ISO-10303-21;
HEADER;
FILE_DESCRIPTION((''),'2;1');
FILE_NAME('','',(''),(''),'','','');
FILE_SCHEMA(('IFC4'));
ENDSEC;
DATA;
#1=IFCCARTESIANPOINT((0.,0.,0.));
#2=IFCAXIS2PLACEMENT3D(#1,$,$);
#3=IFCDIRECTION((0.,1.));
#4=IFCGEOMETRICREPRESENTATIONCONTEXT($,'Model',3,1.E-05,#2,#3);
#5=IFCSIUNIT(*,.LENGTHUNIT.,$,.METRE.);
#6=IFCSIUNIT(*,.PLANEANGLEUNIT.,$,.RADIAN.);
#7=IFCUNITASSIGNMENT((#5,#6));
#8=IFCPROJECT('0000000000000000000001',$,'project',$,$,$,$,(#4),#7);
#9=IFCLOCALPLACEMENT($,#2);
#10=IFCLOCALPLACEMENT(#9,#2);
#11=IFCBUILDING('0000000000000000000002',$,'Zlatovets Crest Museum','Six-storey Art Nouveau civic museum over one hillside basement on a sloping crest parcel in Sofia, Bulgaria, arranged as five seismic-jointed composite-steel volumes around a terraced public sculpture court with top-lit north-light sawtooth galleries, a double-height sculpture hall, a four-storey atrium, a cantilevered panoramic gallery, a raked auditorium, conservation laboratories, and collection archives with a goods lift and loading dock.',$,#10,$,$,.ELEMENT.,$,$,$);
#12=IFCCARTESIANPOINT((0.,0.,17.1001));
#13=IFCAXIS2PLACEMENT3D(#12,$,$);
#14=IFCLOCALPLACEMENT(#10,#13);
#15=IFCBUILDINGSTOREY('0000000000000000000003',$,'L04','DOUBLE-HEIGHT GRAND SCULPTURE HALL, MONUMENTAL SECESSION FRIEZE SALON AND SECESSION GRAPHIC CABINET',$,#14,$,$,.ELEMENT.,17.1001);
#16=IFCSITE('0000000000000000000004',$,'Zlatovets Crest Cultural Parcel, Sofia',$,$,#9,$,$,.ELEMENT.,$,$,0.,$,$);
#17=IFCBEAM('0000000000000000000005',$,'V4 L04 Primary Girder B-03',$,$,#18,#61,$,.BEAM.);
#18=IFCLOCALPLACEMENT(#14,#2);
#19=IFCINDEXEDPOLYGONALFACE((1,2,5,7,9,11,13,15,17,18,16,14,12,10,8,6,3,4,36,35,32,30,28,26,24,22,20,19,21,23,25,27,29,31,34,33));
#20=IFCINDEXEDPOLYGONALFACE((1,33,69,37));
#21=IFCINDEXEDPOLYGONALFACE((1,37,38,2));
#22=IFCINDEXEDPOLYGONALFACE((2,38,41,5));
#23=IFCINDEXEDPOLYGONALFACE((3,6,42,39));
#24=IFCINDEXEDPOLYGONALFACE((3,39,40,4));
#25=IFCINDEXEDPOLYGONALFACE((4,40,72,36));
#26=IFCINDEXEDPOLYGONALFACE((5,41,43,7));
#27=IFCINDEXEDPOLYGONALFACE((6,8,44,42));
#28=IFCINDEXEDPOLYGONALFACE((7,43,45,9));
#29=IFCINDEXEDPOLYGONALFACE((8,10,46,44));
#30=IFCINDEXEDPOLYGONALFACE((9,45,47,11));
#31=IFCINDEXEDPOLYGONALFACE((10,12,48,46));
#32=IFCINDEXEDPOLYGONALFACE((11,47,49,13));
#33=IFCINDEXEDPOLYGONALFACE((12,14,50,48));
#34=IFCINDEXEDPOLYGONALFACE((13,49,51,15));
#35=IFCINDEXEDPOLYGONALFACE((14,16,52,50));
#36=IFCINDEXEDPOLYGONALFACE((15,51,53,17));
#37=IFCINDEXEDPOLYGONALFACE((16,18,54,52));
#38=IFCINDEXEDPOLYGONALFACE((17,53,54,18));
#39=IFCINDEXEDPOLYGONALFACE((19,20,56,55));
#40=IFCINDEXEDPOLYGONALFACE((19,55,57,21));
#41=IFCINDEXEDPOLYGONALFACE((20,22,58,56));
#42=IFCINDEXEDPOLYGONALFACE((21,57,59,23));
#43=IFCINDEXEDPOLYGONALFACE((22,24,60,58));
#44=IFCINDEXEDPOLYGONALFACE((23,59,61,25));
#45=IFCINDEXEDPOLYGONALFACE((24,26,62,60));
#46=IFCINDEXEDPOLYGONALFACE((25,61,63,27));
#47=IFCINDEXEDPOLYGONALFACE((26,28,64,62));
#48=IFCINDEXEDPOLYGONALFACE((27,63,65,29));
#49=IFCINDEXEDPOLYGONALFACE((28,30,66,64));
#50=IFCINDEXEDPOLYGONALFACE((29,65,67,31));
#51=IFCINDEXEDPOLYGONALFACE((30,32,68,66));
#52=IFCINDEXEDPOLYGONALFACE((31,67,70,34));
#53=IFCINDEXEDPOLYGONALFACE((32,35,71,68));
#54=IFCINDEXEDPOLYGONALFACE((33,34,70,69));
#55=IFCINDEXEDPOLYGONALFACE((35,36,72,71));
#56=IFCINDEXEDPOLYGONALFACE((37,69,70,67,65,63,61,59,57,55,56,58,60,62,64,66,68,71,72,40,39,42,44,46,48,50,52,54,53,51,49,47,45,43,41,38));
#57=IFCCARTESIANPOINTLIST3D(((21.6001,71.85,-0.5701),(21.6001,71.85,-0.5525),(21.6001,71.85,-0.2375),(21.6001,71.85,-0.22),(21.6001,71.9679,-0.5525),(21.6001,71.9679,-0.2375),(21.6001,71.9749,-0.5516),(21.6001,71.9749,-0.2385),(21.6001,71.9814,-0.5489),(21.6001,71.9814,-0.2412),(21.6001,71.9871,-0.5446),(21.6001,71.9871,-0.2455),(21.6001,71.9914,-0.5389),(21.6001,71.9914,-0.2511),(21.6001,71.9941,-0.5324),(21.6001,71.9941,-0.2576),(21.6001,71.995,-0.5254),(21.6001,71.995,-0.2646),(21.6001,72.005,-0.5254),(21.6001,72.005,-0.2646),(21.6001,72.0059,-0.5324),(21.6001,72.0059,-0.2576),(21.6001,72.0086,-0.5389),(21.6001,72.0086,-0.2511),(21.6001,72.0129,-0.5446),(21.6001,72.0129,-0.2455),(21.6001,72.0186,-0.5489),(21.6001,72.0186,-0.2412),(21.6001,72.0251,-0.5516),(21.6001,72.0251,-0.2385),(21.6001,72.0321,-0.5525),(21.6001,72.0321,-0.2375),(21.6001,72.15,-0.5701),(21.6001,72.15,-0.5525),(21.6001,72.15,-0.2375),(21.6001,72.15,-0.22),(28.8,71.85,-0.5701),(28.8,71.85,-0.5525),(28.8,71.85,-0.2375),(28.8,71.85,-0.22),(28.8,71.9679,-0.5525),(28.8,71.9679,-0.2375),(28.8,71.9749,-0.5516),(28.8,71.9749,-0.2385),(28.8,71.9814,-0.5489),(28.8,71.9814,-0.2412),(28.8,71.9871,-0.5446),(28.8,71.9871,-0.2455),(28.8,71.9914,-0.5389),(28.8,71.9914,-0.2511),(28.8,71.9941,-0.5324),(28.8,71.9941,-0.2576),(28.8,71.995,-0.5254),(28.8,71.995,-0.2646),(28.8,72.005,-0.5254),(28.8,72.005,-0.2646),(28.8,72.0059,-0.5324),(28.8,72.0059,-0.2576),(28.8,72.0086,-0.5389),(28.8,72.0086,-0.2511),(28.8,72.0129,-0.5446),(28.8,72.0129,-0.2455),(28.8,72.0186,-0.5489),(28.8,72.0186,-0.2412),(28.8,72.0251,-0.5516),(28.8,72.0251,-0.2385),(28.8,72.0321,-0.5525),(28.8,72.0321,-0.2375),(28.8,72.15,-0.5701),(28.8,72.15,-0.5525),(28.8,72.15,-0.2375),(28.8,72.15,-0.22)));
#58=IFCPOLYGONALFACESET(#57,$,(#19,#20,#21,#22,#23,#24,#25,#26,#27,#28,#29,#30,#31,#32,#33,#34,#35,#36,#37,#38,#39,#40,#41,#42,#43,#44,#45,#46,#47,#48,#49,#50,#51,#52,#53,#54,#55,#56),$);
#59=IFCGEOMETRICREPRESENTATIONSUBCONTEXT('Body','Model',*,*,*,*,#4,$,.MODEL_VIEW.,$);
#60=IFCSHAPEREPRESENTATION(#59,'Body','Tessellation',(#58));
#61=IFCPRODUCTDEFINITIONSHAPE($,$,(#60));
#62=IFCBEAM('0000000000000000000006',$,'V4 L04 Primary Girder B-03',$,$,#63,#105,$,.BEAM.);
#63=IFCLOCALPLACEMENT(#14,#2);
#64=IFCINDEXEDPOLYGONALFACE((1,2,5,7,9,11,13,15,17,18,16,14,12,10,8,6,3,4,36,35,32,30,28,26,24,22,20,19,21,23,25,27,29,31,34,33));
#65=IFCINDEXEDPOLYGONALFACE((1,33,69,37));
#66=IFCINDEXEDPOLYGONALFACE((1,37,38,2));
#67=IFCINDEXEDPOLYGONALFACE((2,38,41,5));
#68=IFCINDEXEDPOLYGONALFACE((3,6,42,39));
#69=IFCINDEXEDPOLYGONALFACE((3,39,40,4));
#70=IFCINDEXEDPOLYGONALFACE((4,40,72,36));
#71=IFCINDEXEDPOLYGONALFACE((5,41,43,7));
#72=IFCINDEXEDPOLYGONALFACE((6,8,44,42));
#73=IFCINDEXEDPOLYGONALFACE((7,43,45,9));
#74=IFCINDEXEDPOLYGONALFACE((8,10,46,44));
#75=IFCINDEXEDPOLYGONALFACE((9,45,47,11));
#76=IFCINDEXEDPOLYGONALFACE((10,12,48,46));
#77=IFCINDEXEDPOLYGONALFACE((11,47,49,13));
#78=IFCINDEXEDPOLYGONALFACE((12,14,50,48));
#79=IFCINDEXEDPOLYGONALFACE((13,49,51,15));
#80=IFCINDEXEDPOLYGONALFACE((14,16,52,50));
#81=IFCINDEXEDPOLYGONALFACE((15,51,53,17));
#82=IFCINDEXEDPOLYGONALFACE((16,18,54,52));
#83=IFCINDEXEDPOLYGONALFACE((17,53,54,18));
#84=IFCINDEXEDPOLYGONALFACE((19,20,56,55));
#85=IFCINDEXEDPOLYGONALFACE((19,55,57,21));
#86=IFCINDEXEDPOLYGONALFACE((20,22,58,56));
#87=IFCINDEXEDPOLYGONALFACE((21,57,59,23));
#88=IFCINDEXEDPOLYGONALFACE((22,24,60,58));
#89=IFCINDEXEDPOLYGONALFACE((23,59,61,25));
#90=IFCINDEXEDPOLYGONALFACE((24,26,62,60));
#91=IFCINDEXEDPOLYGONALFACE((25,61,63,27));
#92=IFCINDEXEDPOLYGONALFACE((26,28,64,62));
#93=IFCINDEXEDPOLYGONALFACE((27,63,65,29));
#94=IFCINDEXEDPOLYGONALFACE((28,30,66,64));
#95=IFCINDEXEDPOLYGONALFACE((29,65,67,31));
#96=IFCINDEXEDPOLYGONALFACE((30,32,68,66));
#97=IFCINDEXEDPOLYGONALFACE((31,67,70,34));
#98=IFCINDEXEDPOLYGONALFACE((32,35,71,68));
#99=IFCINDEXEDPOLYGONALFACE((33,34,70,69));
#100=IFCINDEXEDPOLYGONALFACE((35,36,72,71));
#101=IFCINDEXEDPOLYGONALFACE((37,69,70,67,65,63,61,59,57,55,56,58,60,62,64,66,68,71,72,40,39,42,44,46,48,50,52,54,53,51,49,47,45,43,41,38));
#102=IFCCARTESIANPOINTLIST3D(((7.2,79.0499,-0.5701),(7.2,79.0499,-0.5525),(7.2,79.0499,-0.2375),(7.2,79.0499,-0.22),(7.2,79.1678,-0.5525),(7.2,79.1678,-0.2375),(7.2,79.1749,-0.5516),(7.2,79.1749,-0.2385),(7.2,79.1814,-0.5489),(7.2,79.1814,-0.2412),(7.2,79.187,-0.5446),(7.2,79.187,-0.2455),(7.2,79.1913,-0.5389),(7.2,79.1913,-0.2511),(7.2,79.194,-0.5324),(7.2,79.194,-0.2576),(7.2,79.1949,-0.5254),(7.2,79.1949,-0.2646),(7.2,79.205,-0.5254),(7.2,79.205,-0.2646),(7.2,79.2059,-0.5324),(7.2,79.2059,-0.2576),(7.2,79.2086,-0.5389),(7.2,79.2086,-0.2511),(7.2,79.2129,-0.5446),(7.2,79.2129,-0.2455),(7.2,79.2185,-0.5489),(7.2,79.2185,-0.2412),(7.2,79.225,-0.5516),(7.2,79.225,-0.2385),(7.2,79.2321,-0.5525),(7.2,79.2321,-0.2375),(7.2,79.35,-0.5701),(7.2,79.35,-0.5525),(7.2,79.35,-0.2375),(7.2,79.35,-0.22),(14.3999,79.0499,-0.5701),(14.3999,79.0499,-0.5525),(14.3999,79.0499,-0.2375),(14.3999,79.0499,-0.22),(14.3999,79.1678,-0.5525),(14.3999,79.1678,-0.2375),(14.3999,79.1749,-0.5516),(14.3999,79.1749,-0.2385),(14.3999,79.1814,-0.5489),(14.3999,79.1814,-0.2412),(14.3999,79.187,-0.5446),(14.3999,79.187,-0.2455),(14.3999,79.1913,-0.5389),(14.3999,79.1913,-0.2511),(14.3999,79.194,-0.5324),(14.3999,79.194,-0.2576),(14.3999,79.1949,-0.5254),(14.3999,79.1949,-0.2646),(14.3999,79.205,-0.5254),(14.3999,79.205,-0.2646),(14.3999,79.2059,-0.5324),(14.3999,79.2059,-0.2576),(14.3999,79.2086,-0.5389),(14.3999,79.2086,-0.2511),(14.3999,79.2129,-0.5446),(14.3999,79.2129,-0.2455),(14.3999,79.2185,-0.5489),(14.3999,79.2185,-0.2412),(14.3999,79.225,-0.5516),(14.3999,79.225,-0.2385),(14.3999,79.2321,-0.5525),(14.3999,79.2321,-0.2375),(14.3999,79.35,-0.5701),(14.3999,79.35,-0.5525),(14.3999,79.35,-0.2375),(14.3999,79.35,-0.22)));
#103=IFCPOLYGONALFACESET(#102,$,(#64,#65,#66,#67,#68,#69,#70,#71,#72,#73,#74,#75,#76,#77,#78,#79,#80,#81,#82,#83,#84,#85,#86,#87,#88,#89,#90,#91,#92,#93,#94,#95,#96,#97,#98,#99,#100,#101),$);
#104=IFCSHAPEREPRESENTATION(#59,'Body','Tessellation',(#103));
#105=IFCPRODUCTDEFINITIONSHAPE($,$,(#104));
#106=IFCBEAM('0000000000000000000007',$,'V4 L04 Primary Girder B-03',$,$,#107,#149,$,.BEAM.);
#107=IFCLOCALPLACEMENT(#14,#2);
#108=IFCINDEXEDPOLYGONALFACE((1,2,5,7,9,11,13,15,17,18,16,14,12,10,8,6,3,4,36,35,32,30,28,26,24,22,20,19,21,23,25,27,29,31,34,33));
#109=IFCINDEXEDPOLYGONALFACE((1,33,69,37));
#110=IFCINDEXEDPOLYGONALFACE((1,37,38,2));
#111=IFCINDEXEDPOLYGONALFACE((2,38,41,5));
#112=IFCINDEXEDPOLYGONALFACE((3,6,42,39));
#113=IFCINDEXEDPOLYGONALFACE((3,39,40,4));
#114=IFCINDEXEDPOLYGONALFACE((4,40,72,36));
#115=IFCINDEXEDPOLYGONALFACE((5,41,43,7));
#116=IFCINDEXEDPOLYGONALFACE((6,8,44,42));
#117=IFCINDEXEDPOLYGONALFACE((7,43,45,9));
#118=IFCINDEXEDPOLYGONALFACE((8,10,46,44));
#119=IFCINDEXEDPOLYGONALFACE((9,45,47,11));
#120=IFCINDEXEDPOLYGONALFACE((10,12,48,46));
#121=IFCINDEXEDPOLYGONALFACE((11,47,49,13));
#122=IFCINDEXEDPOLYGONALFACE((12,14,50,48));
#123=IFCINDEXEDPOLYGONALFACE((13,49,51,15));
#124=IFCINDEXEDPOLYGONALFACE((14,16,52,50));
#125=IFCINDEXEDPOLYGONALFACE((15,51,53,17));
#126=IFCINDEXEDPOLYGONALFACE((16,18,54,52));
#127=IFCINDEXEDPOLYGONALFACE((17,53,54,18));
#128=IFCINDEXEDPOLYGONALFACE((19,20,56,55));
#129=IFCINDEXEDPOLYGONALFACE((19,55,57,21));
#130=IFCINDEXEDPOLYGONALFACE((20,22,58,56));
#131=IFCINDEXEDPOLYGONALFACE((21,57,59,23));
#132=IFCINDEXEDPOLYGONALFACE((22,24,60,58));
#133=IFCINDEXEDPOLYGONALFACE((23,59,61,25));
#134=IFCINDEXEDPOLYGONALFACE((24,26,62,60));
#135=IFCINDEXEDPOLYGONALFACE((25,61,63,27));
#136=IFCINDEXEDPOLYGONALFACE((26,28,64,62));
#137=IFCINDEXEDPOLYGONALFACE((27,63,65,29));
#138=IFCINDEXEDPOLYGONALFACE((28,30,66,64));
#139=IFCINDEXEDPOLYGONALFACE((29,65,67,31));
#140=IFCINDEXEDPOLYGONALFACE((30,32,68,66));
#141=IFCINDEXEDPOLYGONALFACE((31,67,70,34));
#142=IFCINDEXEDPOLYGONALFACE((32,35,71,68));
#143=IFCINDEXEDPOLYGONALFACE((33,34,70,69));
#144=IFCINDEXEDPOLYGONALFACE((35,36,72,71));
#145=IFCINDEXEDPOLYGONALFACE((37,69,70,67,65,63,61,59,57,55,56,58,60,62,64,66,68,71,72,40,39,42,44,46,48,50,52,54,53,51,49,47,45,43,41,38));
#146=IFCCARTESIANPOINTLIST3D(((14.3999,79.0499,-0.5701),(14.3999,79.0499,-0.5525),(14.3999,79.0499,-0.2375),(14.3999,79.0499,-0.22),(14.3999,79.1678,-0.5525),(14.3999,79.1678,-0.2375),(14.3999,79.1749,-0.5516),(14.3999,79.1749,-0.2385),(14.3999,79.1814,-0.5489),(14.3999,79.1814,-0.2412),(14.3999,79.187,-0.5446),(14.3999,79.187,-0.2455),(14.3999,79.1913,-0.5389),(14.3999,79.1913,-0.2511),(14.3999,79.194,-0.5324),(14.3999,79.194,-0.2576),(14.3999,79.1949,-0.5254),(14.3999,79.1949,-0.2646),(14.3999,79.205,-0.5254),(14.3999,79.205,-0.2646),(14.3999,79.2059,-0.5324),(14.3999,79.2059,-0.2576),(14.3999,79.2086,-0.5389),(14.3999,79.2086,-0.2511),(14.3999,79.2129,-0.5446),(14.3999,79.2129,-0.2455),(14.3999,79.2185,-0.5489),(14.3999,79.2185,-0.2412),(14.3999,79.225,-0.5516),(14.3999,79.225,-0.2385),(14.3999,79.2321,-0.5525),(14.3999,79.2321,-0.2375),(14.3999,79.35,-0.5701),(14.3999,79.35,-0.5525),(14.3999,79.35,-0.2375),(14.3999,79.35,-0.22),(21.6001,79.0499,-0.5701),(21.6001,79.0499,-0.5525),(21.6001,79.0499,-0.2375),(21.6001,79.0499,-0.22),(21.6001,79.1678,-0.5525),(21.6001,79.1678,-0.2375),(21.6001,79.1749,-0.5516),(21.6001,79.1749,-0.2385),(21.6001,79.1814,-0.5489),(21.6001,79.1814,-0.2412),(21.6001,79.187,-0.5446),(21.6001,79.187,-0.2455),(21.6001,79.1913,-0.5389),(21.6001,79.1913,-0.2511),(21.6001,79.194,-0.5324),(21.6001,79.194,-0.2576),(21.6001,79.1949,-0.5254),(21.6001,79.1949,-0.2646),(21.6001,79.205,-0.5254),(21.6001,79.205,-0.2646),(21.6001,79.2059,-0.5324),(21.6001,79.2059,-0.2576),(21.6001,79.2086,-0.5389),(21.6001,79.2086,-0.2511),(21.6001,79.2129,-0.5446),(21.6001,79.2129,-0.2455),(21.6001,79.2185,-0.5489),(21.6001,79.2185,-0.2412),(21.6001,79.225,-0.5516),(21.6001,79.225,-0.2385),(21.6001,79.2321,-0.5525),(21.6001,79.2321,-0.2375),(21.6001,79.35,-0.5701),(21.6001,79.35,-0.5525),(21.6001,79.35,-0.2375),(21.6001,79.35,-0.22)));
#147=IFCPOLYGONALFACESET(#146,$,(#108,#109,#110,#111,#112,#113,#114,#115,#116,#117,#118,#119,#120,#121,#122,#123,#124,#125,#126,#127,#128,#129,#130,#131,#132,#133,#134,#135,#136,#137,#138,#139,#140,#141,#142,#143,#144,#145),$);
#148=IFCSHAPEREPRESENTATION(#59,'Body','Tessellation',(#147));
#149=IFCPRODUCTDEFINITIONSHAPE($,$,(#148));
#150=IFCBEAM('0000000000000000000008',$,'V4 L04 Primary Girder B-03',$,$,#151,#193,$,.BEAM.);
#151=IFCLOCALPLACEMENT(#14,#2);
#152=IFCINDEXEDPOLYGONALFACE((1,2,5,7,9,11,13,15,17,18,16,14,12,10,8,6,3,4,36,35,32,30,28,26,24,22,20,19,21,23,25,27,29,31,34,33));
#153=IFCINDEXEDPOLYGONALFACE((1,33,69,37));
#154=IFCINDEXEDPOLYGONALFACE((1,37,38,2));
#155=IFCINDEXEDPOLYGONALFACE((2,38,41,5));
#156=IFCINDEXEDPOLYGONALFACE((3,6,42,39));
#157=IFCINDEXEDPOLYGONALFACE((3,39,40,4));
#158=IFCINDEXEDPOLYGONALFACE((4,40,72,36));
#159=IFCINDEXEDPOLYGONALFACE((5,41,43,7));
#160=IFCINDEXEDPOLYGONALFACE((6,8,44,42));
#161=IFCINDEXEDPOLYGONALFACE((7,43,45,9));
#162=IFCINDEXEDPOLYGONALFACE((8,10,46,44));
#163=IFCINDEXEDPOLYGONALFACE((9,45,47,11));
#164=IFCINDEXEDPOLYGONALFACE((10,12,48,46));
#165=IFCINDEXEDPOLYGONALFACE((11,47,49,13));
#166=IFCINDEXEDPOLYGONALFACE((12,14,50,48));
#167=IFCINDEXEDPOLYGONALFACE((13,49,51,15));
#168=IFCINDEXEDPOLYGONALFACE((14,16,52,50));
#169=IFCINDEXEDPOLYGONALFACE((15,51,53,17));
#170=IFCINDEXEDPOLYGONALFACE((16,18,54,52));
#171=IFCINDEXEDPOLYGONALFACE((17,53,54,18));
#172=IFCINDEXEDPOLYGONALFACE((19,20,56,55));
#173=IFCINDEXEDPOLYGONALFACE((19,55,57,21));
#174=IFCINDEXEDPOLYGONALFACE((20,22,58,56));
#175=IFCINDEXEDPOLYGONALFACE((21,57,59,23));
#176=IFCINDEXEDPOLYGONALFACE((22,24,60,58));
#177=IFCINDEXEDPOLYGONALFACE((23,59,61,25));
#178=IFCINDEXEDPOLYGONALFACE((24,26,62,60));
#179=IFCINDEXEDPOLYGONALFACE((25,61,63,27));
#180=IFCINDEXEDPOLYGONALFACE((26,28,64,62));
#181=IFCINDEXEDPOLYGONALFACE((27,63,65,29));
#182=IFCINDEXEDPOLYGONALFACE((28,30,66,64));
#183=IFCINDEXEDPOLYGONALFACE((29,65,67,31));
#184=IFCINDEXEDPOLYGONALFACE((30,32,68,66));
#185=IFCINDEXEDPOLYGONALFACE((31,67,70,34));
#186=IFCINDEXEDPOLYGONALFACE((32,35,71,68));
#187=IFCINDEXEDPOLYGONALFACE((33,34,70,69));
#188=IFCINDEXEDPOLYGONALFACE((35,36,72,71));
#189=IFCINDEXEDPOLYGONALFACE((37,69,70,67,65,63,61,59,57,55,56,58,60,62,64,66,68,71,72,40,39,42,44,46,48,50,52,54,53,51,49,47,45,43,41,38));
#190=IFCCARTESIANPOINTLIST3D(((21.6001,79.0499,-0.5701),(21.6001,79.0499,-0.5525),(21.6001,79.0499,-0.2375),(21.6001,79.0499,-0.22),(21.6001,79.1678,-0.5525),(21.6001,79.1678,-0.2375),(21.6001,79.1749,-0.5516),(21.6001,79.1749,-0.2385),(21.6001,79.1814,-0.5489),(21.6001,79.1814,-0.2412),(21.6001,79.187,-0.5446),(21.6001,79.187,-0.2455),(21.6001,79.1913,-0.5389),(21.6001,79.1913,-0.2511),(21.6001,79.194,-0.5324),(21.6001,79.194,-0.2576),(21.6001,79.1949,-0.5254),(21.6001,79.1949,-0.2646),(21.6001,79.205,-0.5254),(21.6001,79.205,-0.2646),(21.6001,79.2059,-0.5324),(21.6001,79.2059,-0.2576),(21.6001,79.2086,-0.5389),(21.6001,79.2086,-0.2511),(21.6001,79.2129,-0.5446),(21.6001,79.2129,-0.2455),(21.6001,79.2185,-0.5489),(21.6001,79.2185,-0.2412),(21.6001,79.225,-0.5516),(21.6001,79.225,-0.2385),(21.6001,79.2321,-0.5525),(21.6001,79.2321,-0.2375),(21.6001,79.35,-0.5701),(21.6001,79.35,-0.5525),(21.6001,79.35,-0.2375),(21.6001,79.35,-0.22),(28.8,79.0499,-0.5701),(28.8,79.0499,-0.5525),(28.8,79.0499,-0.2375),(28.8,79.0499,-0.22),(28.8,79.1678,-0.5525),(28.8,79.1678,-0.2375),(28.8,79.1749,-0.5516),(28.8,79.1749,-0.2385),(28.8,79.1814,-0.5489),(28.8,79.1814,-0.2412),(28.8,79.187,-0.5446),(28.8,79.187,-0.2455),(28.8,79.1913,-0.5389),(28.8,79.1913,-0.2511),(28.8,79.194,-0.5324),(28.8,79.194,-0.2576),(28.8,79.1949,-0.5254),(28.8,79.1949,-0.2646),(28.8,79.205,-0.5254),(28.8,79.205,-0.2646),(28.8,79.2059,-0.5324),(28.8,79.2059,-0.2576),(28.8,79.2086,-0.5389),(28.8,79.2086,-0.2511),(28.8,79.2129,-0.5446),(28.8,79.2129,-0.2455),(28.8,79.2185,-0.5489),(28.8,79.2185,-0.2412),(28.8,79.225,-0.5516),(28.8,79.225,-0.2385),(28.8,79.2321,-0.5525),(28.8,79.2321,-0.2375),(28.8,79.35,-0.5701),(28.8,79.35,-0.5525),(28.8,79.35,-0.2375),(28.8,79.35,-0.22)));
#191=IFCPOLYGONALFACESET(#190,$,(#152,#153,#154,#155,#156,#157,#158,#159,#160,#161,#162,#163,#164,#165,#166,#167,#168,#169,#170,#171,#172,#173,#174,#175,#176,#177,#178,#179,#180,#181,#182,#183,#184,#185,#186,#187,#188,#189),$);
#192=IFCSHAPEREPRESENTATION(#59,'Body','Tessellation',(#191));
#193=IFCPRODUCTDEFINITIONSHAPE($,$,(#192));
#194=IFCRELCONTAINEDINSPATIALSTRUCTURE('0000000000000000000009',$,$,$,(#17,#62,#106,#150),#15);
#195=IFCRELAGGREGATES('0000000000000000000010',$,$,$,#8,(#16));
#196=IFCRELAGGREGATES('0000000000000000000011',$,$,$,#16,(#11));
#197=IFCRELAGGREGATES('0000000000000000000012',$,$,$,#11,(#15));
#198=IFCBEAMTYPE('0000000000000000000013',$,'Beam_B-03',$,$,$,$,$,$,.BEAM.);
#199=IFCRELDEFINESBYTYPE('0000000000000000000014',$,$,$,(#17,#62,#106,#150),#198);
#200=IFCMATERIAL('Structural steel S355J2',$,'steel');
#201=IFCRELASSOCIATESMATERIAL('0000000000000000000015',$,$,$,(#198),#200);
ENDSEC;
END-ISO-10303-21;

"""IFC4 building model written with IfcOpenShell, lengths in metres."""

from ifc_helpers import new_model, si_unit, direction, frame, origin, origin_2d, place, context, subcontext, project, spatial, i_section, extrude, material, material_profile, profile_set, type_object, element, save


model = new_model("IFC4")

# Units and contexts
model_context = context("Model", 3, precision=1e-05, world=origin(), true_north=direction((0.0, 1.0)))
body_context = subcontext(model_context, "Body", "Model", "MODEL_VIEW")
ifc_project = project(units=[si_unit("LENGTHUNIT", "METRE"), si_unit("PLANEANGLEUNIT", "RADIAN")], contexts=[model_context])

# Site, building, storey
site_placement = place(None, origin())
site = spatial("IfcSite", under=ifc_project, at=site_placement, Name="Zlatovets Crest Cultural Parcel, Sofia", CompositionType="ELEMENT", RefElevation=0.0)
building_placement = place(site_placement, origin())
building = spatial("IfcBuilding", under=site, at=building_placement, Name="Zlatovets Crest Museum", Description="Six-storey Art Nouveau civic museum over one hillside basement on a sloping crest parcel in Sofia, Bulgaria, arranged as five seismic-jointed composite-steel volumes around a terraced public sculpture court with top-lit north-light sawtooth galleries, a double-height sculpture hall, a four-storey atrium, a cantilevered panoramic gallery, a raked auditorium, conservation laboratories, and collection archives with a goods lift and loading dock.", CompositionType="ELEMENT")
storey_placement = place(building_placement, frame((0.0, 0.0, 17.1001)))
storey = spatial("IfcBuildingStorey", under=building, at=storey_placement, Name="L04", Description="DOUBLE-HEIGHT GRAND SCULPTURE HALL, MONUMENTAL SECESSION FRIEZE SALON AND SECESSION GRAPHIC CABINET", CompositionType="ELEMENT", Elevation=17.1001)

# Beams
ifc_material_1 = material(Name="Structural steel S355J2", Category="steel")
ifc_material_profile_1 = material_profile(ifc_material_1, i_section(OverallWidth=0.3, OverallDepth=0.3501, WebThickness=0.01, FlangeThickness=0.0176, FilletRadius=0.0271, at=origin_2d()), Name="HEA 360")
ifc_profile_set_1 = profile_set([ifc_material_profile_1], Name="Structural steel S355J2")
beam_type_1 = type_object("IfcBeamType", Name="Beam_B-03", PredefinedType="BEAM", material=ifc_profile_set_1)
for number, where, z_axis, x_axis, name in (
    (1, (21.6001, 72.0, -0.395), (1.0, 0.0, 0.0), (0.0, 1.0, 0.0), "V4 L04 Primary Girder B-03"),
    (2, (7.2, 79.2, -0.395), (1.0, 0.0, 0.0), (0.0, 1.0, 0.0), "V4 L04 Primary Girder B-03"),
):
    element("IfcBeam", number, at=place(storey_placement, frame(where, z_axis=z_axis, x_axis=x_axis)), inside=storey, type_object=beam_type_1, Name=name, PredefinedType="BEAM", context=body_context, shape_type="SweptSolid", body=[
        extrude(i_section(OverallWidth=0.3, OverallDepth=0.3501, WebThickness=0.01, FlangeThickness=0.0176, FilletRadius=0.0271, at=origin_2d()), origin(), (0.0, 0.0, 1.0), 7.2),
    ])
beam_1_placement = place(storey_placement, frame((14.3999, 79.2, -0.395), z_axis=(1.0, 0.0, 0.0), x_axis=(0.0, 1.0, 0.0)))
element("IfcBeam", 3, at=beam_1_placement, inside=storey, type_object=beam_type_1, Name="V4 L04 Primary Girder B-03", PredefinedType="BEAM", context=body_context, shape_type="SweptSolid", body=[
    extrude(i_section(OverallWidth=0.3, OverallDepth=0.3501, WebThickness=0.01, FlangeThickness=0.0176, FilletRadius=0.0271, at=origin_2d()), origin(), (0.0, 0.0, 1.0), 7.2002),
])
beam_2_placement = place(storey_placement, frame((21.6001, 79.2, -0.395), z_axis=(1.0, 0.0, 0.0), x_axis=(0.0, 1.0, 0.0)))
element("IfcBeam", 4, at=beam_2_placement, inside=storey, type_object=beam_type_1, Name="V4 L04 Primary Girder B-03", PredefinedType="BEAM", context=body_context, shape_type="SweptSolid", body=[
    extrude(i_section(OverallWidth=0.3, OverallDepth=0.3501, WebThickness=0.01, FlangeThickness=0.0176, FilletRadius=0.0271, at=origin_2d()), origin(), (0.0, 0.0, 1.0), 7.2),
])

save(model, "model.ifc")
